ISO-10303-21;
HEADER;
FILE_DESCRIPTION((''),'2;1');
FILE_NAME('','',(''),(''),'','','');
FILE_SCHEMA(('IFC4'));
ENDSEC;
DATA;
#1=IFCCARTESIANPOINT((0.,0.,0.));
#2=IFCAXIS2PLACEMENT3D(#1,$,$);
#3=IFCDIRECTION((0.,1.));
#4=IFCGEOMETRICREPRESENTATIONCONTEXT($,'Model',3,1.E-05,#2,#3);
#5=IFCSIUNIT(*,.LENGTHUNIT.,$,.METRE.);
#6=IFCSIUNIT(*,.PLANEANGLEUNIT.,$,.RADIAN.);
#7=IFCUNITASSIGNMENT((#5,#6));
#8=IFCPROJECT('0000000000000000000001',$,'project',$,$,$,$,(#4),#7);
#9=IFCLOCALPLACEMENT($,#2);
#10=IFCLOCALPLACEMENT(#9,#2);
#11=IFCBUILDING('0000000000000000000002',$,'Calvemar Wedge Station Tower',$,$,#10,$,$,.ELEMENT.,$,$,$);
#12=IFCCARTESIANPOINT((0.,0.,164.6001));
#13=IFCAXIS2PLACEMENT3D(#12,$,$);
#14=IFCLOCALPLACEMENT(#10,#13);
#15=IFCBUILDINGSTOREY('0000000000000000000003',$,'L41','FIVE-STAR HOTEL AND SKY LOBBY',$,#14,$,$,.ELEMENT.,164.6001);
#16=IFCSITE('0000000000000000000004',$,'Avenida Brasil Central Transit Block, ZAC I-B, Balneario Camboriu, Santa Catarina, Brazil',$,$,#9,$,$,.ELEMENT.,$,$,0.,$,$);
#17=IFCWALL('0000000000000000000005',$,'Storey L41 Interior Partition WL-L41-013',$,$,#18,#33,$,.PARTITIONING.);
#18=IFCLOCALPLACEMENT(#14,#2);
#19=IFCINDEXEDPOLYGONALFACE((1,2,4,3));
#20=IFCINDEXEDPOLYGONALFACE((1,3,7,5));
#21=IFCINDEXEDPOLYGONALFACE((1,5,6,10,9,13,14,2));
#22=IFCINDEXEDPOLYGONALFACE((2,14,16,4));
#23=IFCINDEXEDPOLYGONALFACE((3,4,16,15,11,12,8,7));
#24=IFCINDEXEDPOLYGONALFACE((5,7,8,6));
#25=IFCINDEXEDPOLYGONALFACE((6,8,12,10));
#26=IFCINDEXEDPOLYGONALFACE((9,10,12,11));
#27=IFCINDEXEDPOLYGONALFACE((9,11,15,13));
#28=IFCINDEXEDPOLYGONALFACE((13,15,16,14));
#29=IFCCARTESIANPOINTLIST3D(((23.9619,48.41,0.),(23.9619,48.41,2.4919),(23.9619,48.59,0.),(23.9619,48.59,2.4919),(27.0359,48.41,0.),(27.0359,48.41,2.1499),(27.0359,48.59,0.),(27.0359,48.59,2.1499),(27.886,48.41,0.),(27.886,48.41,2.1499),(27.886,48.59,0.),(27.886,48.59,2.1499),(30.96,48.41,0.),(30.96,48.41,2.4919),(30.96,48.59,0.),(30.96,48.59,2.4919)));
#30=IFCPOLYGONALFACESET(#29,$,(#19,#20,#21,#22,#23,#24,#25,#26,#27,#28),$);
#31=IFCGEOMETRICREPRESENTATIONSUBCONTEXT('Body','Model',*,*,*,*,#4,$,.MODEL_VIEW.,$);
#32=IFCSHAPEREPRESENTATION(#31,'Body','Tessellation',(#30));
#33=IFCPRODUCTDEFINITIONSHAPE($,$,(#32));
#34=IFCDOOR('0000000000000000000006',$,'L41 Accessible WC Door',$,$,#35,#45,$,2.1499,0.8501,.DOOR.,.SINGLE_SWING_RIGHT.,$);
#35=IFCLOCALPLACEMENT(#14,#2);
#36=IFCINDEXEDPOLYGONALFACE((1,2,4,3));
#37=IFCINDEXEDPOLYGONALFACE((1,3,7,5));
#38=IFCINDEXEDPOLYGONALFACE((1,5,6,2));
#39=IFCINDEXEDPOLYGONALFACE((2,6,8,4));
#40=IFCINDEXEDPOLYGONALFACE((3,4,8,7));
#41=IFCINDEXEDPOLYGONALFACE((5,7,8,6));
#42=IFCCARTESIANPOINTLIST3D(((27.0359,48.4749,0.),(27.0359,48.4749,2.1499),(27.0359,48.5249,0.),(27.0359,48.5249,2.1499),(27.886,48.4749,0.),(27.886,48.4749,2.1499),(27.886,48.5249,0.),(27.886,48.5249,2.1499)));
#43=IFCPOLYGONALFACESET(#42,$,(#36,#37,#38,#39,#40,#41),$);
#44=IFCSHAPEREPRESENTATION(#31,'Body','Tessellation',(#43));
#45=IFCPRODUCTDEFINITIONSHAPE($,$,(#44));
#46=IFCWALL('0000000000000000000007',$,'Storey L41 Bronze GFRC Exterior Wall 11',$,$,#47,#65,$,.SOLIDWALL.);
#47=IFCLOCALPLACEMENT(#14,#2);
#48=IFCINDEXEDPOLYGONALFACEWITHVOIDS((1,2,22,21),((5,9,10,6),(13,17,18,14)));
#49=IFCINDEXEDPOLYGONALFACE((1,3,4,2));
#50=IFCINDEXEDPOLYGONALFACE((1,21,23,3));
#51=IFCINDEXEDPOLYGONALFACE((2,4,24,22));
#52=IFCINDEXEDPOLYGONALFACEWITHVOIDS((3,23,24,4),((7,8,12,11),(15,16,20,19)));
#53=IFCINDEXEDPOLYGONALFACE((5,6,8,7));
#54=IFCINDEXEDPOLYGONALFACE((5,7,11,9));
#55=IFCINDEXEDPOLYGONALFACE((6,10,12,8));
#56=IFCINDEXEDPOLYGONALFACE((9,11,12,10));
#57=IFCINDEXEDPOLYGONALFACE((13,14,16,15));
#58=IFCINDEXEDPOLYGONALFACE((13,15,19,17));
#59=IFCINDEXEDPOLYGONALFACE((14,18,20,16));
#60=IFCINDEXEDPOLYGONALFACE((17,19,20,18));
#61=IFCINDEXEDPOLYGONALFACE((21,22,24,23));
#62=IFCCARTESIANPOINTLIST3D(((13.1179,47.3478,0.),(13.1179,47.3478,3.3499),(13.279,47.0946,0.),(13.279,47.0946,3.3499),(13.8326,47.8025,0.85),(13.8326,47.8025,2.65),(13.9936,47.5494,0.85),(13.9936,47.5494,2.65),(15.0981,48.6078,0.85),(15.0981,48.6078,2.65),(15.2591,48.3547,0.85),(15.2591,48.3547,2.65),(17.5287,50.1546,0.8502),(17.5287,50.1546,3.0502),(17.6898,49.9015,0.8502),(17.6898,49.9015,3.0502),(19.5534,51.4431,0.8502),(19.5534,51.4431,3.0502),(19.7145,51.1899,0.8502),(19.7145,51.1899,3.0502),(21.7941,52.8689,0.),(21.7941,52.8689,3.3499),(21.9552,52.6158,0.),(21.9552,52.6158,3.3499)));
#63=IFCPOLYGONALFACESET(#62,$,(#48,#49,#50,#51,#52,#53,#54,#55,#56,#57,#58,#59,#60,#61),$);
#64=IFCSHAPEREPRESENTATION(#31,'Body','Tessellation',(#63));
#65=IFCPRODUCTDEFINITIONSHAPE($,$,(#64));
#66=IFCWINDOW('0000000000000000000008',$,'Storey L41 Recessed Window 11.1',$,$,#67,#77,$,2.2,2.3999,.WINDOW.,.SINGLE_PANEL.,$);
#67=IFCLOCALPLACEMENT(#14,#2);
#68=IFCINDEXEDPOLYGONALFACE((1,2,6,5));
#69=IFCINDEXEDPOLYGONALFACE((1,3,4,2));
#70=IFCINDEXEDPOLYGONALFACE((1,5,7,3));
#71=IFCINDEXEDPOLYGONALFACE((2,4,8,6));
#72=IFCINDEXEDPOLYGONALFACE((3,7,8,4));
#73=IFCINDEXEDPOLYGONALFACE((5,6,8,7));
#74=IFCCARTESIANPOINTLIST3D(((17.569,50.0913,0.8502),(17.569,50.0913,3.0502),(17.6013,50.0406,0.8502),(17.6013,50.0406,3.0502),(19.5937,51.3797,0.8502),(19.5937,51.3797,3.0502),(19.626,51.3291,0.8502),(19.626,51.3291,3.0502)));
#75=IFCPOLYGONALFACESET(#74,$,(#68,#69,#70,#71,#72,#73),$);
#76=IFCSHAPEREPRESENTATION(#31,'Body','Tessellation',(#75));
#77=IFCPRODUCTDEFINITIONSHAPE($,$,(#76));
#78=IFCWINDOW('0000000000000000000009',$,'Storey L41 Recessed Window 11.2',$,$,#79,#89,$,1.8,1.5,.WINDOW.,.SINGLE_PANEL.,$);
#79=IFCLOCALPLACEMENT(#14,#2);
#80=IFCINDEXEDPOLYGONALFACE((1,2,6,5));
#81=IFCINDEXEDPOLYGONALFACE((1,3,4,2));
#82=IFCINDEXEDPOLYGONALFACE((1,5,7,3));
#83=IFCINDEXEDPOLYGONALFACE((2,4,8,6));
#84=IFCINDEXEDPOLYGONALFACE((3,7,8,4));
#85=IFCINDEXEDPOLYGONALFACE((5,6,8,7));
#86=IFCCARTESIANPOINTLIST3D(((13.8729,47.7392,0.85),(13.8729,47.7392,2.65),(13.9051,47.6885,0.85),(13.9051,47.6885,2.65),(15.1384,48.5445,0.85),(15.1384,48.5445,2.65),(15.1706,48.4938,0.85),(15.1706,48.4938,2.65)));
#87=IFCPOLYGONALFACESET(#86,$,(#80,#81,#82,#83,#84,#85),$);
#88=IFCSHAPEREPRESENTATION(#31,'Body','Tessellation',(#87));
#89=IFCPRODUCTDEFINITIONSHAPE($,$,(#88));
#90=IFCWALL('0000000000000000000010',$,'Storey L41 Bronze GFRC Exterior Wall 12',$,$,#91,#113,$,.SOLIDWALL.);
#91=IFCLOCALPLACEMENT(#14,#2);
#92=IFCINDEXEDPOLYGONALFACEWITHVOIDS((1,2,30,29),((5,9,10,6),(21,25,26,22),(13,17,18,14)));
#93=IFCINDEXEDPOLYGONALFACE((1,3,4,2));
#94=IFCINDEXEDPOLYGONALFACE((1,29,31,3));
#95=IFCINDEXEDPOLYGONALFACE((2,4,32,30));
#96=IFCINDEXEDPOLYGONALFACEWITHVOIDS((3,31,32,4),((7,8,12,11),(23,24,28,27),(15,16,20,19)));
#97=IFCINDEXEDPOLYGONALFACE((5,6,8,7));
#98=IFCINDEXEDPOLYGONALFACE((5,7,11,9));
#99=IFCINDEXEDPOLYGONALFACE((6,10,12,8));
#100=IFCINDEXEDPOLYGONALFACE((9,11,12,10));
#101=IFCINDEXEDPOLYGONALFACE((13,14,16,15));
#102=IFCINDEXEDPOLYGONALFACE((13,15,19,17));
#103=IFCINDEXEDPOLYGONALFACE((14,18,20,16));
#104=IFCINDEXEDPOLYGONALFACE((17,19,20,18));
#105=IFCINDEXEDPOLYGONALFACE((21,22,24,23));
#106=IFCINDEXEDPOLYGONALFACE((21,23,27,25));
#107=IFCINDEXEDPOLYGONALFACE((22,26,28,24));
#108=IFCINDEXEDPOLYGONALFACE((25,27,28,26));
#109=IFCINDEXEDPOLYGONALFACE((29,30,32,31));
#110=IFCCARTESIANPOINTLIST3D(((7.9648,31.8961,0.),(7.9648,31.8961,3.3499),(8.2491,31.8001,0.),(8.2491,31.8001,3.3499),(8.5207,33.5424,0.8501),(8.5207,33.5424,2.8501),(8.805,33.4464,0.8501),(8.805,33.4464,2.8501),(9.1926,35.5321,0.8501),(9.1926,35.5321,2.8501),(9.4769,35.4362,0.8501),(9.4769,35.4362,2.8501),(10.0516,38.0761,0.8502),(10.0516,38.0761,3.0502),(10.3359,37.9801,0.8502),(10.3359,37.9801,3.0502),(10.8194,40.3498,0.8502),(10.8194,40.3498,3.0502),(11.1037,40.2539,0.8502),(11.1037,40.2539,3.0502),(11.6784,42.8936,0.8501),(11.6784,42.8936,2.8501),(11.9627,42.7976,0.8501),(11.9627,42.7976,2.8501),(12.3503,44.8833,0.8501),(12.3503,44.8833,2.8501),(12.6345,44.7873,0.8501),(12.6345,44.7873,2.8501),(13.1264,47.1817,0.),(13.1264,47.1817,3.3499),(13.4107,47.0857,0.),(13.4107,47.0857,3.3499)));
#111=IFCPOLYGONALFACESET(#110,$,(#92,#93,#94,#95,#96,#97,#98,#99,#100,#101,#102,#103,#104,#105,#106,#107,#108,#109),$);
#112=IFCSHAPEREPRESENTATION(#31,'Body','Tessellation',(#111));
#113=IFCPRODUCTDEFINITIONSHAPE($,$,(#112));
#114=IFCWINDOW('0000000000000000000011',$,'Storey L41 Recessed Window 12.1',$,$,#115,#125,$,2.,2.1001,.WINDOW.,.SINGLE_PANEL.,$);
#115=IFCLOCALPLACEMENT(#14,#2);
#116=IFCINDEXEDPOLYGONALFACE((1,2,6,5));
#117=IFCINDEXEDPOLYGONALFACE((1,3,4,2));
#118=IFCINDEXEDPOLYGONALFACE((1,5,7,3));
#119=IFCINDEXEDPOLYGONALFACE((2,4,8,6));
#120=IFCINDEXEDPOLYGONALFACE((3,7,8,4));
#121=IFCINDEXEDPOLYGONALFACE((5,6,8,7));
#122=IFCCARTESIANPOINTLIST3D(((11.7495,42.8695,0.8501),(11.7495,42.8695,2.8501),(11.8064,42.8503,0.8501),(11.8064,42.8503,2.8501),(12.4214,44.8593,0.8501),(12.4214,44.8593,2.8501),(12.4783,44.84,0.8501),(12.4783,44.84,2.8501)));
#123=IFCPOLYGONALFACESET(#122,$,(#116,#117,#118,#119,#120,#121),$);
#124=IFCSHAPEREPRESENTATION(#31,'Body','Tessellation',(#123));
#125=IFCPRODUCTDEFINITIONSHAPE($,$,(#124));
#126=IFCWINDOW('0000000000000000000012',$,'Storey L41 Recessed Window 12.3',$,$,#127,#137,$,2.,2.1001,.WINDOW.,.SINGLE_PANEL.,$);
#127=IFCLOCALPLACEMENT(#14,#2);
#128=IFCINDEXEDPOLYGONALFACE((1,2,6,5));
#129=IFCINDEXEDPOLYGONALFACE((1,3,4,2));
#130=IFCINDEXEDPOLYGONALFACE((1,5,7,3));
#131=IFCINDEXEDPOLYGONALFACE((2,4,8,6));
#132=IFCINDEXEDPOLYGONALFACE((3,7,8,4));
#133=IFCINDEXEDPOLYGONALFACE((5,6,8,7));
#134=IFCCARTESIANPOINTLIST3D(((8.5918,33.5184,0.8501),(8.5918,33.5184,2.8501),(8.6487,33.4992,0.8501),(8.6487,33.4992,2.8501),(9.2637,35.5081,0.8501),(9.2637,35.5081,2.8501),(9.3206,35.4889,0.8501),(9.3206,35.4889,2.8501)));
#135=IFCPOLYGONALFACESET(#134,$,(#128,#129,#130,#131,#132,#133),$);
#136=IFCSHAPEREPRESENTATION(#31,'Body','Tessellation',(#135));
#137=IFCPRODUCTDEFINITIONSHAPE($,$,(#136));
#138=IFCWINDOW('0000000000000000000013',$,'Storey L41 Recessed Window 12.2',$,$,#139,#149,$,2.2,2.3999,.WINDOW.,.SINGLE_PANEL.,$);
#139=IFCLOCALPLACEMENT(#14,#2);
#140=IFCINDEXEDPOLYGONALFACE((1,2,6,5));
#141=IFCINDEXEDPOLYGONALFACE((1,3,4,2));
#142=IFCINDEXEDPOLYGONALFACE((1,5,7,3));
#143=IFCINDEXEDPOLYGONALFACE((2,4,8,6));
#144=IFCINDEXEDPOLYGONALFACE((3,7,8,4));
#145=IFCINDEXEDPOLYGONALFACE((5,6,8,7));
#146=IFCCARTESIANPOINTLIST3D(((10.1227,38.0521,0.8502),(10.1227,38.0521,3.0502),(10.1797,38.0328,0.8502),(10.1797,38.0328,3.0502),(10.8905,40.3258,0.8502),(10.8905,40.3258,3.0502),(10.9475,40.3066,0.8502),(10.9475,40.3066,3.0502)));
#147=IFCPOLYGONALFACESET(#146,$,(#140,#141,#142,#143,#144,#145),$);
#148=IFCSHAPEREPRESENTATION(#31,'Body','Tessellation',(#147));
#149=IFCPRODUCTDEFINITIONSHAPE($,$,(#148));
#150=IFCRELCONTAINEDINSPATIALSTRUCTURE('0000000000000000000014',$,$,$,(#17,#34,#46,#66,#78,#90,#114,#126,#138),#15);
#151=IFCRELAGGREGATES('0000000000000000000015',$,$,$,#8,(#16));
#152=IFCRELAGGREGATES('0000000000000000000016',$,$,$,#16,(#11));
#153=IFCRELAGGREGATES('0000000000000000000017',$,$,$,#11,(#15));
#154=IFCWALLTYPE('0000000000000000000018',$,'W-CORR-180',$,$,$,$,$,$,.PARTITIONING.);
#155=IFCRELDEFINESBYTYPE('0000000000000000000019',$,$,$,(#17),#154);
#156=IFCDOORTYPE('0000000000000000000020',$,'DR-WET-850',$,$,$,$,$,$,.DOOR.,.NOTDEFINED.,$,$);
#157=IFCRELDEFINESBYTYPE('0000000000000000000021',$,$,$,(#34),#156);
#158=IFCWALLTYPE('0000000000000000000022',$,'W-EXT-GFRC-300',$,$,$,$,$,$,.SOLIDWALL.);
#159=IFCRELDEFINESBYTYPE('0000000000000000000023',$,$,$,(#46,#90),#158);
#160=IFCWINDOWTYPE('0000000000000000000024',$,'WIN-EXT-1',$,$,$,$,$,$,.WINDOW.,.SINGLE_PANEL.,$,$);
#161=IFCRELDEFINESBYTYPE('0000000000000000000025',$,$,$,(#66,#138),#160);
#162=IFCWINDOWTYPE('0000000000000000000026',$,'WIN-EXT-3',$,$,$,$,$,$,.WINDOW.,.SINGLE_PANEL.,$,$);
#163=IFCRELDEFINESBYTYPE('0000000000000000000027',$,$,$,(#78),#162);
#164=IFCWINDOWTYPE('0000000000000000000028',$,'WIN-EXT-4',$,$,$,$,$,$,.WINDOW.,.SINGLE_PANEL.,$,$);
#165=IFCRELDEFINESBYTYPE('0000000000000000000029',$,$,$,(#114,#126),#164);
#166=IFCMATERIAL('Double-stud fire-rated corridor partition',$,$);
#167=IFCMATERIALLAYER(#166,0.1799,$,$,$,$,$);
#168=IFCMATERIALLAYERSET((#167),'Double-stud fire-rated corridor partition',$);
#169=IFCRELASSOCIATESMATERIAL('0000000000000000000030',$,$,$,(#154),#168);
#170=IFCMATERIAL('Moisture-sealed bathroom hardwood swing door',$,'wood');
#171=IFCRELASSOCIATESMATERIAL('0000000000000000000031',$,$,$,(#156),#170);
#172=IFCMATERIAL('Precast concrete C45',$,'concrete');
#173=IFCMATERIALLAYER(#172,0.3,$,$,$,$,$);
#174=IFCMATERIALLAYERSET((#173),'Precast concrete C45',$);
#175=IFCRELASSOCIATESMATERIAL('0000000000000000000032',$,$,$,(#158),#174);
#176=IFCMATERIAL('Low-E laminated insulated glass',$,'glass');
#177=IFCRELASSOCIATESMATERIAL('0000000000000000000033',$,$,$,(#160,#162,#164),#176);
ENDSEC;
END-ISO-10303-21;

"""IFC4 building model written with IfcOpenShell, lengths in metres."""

from ifc_helpers import new_model, si_unit, direction, frame, frame_2d, origin, place, context, subcontext, project, spatial, rectangle, extrude, source, transform, mapped, material, layer, layer_set, type_object, element, fill, save


model = new_model("IFC4")

# Units and contexts
model_context = context("Model", 3, precision=1e-05, world=origin(), true_north=direction((0.0, 1.0)))
body_context = subcontext(model_context, "Body", "Model", "MODEL_VIEW")
ifc_project = project(units=[si_unit("LENGTHUNIT", "METRE"), si_unit("PLANEANGLEUNIT", "RADIAN")], contexts=[model_context])

# Site, building, storey
site_placement = place(None, origin())
site = spatial("IfcSite", under=ifc_project, at=site_placement, Name="Avenida Brasil Central Transit Block, ZAC I-B, Balneario Camboriu, Santa Catarina, Brazil", CompositionType="ELEMENT", RefElevation=0.0)
building_placement = place(site_placement, origin())
building = spatial("IfcBuilding", under=site, at=building_placement, Name="Calvemar Wedge Station Tower", CompositionType="ELEMENT")
storey_placement = place(building_placement, frame((0.0, 0.0, 164.6001)))
storey = spatial("IfcBuildingStorey", under=building, at=storey_placement, Name="L41", Description="FIVE-STAR HOTEL AND SKY LOBBY", CompositionType="ELEMENT", Elevation=164.6001)

# Shared definitions
ifc_material_1 = material(Name="Double-stud fire-rated corridor partition")
ifc_layer_1 = layer(ifc_material_1, 0.1799)
ifc_layer_set_1 = layer_set([ifc_layer_1], Name="Double-stud fire-rated corridor partition")
wall_type_1 = type_object("IfcWallType", Name="W-CORR-180", PredefinedType="PARTITIONING", material=ifc_layer_set_1)

# Wall, opening, door
wall_1_placement = place(storey_placement, frame((23.9619, 48.5, 0.0), z_axis=(0.0, 0.0, 1.0), x_axis=(1.0, 0.0, 0.0)))
wall_1 = element("IfcWall", 1, at=wall_1_placement, inside=storey, type_object=wall_type_1, Name="Storey L41 Interior Partition WL-L41-013", PredefinedType="PARTITIONING", context=body_context, shape_type="SweptSolid", body=[
    extrude(rectangle(XDim=6.998, YDim=0.1799, at=frame_2d((3.499, 0.0))), origin(), (0.0, 0.0, 1.0), 2.4919),
])
shared_shape_1 = source(origin(), body_context, "Body", "SweptSolid", [
    extrude(rectangle(XDim=0.8501, YDim=2.1499, at=frame_2d((0.425, 1.075))), frame((0.0, 0.1001, 0.0), z_axis=(0.0, -1.0, 0.0), x_axis=(1.0, 0.0, 0.0)), (0.0, 0.0, 1.0), 0.2),
])
opening_1_placement = place(wall_1_placement, frame((3.074, 0.0, 0.0)))
opening_1 = element("IfcOpeningElement", 2, at=opening_1_placement, cuts=wall_1, PredefinedType="OPENING", context=body_context, shape_type="MappedRepresentation", body=[
    mapped(shared_shape_1, transform((0.0, 0.0, 0.0), scale=1.0)),
])
ifc_material_2 = material(Name="Moisture-sealed bathroom hardwood swing door", Category="wood")
door_type_1 = type_object("IfcDoorType", Name="DR-WET-850", OperationType="NOTDEFINED", PredefinedType="DOOR", material=ifc_material_2)
shared_shape_2 = source(origin(), body_context, "Body", "SweptSolid", [
    extrude(rectangle(XDim=0.8501, YDim=2.1499, at=frame_2d((0.425, 1.075))), frame((0.0, 0.0249, 0.0), z_axis=(0.0, -1.0, 0.0), x_axis=(1.0, 0.0, 0.0)), (0.0, 0.0, 1.0), 0.05),
])
door_1_placement = place(opening_1_placement, origin())
door_1 = element("IfcDoor", 3, at=door_1_placement, inside=storey, type_object=door_type_1, Name="L41 Accessible WC Door", OperationType="SINGLE_SWING_RIGHT", OverallHeight=2.1499, OverallWidth=0.8501, PredefinedType="DOOR", context=body_context, shape_type="MappedRepresentation", body=[
    mapped(shared_shape_2, transform((0.0, 0.0, 0.0), scale=1.0)),
])
fill(opening_1, door_1)

# Walls, openings, windows
ifc_material_3 = material(Name="Precast concrete C45", Category="concrete")
ifc_layer_2 = layer(ifc_material_3, 0.3)
ifc_layer_set_2 = layer_set([ifc_layer_2], Name="Precast concrete C45")
wall_type_2 = type_object("IfcWallType", Name="W-EXT-GFRC-300", PredefinedType="SOLIDWALL", material=ifc_layer_set_2)
wall_2_placement = place(storey_placement, frame((21.8748, 52.7424, 0.0), z_axis=(0.0, 0.0, 1.0), x_axis=(-0.843662, -0.536874, 0.0)))
wall_2 = element("IfcWall", 4, at=wall_2_placement, inside=storey, type_object=wall_type_2, Name="Storey L41 Bronze GFRC Exterior Wall 11", PredefinedType="SOLIDWALL", context=body_context, shape_type="SweptSolid", body=[
    extrude(rectangle(XDim=10.2839, YDim=0.3, at=frame_2d((5.1421, 0.0))), origin(), (0.0, 0.0, 1.0), 3.3499),
])
shared_shape_3 = source(origin(), body_context, "Body", "SweptSolid", [
    extrude(rectangle(XDim=2.3999, YDim=2.2, at=frame_2d((1.2, 1.1001))), frame((0.0, 0.1602, 0.0), z_axis=(0.0, -1.0, 0.0), x_axis=(1.0, 0.0, 0.0)), (0.0, 0.0, 1.0), 0.3201),
])
opening_2_placement = place(wall_2_placement, frame((2.656, 0.0, 0.8501)))
opening_2 = element("IfcOpeningElement", 5, at=opening_2_placement, cuts=wall_2, PredefinedType="OPENING", context=body_context, shape_type="MappedRepresentation", body=[
    mapped(shared_shape_3, transform((0.0, 0.0, 0.0), scale=1.0)),
])
shared_shape_4 = source(origin(), body_context, "Body", "SweptSolid", [
    extrude(rectangle(XDim=1.5, YDim=1.8, at=frame_2d((0.75, 0.8999))), frame((0.0, 0.1602, 0.0), z_axis=(0.0, -1.0, 0.0), x_axis=(1.0, 0.0, 0.0)), (0.0, 0.0, 1.0), 0.3201),
])
opening_3_placement = place(wall_2_placement, frame((7.937, 0.0, 0.8501)))
opening_3 = element("IfcOpeningElement", 6, at=opening_3_placement, cuts=wall_2, PredefinedType="OPENING", context=body_context, shape_type="MappedRepresentation", body=[
    mapped(shared_shape_4, transform((0.0, 0.0, 0.0), scale=1.0)),
])
ifc_material_4 = material(Name="Low-E laminated insulated glass", Category="glass")
window_type_1 = type_object("IfcWindowType", Name="WIN-EXT-1", PartitioningType="SINGLE_PANEL", PredefinedType="WINDOW", material=ifc_material_4)
shared_shape_5 = source(origin(), body_context, "Body", "SweptSolid", [
    extrude(rectangle(XDim=2.3999, YDim=2.2, at=frame_2d((1.2, 1.1001))), frame((0.0, -0.0149, 0.0), z_axis=(0.0, -1.0, 0.0), x_axis=(1.0, 0.0, 0.0)), (0.0, 0.0, 1.0), 0.0601),
])
window_1_placement = place(opening_2_placement, origin())
window_1 = element("IfcWindow", 7, at=window_1_placement, inside=storey, type_object=window_type_1, Name="Storey L41 Recessed Window 11.1", OverallHeight=2.2, OverallWidth=2.3999, PartitioningType="SINGLE_PANEL", PredefinedType="WINDOW", context=body_context, shape_type="MappedRepresentation", body=[
    mapped(shared_shape_5, transform((0.0, 0.0, 0.0), scale=1.0)),
])
fill(opening_2, window_1)
window_type_2 = type_object("IfcWindowType", Name="WIN-EXT-3", PartitioningType="SINGLE_PANEL", PredefinedType="WINDOW", material=ifc_material_4)
shared_shape_6 = source(origin(), body_context, "Body", "SweptSolid", [
    extrude(rectangle(XDim=1.5, YDim=1.8, at=frame_2d((0.75, 0.8999))), frame((0.0, -0.0149, 0.0), z_axis=(0.0, -1.0, 0.0), x_axis=(1.0, 0.0, 0.0)), (0.0, 0.0, 1.0), 0.0601),
])
window_2_placement = place(opening_3_placement, origin())
window_2 = element("IfcWindow", 8, at=window_2_placement, inside=storey, type_object=window_type_2, Name="Storey L41 Recessed Window 11.2", OverallHeight=1.8, OverallWidth=1.5, PartitioningType="SINGLE_PANEL", PredefinedType="WINDOW", context=body_context, shape_type="MappedRepresentation", body=[
    mapped(shared_shape_6, transform((0.0, 0.0, 0.0), scale=1.0)),
])
fill(opening_3, window_2)
wall_3_placement = place(storey_placement, frame((13.2686, 47.1338, 0.0), z_axis=(0.0, 0.0, 1.0), x_axis=(-0.31993, -0.947441, 0.0)))
wall_3 = element("IfcWall", 9, at=wall_3_placement, inside=storey, type_object=wall_type_2, Name="Storey L41 Bronze GFRC Exterior Wall 12", PredefinedType="SOLIDWALL", context=body_context, shape_type="SweptSolid", body=[
    extrude(rectangle(XDim=16.1335, YDim=0.3, at=frame_2d((8.0669, 0.0))), origin(), (0.0, 0.0, 1.0), 3.3499),
])
shared_shape_7 = source(origin(), body_context, "Body", "SweptSolid", [
    extrude(rectangle(XDim=2.1001, YDim=2.0, at=frame_2d((1.05, 1.0))), frame((0.0, 0.1602, 0.0), z_axis=(0.0, -1.0, 0.0), x_axis=(1.0, 0.0, 0.0)), (0.0, 0.0, 1.0), 0.3201),
])
opening_4_placement = place(wall_3_placement, frame((2.426, 0.0, 0.8501)))
opening_4 = element("IfcOpeningElement", 10, at=opening_4_placement, cuts=wall_3, PredefinedType="OPENING", context=body_context, shape_type="MappedRepresentation", body=[
    mapped(shared_shape_7, transform((0.0, 0.0, 0.0), scale=1.0)),
])
opening_5_placement = place(wall_3_placement, frame((7.2109, 0.0, 0.8501)))
opening_5 = element("IfcOpeningElement", 11, at=opening_5_placement, cuts=wall_3, PredefinedType="OPENING", context=body_context, shape_type="MappedRepresentation", body=[
    mapped(shared_shape_3, transform((0.0, 0.0, 0.0), scale=1.0)),
])
opening_6_placement = place(wall_3_placement, frame((12.2959, 0.0, 0.8501)))
opening_6 = element("IfcOpeningElement", 12, at=opening_6_placement, cuts=wall_3, PredefinedType="OPENING", context=body_context, shape_type="MappedRepresentation", body=[
    mapped(shared_shape_7, transform((0.0, 0.0, 0.0), scale=1.0)),
])
window_type_3 = type_object("IfcWindowType", Name="WIN-EXT-4", PartitioningType="SINGLE_PANEL", PredefinedType="WINDOW", material=ifc_material_4)
shared_shape_8 = source(origin(), body_context, "Body", "SweptSolid", [
    extrude(rectangle(XDim=2.1001, YDim=2.0, at=frame_2d((1.05, 1.0))), frame((0.0, -0.0149, 0.0), z_axis=(0.0, -1.0, 0.0), x_axis=(1.0, 0.0, 0.0)), (0.0, 0.0, 1.0), 0.0601),
])
window_3_placement = place(opening_4_placement, origin())
window_3 = element("IfcWindow", 13, at=window_3_placement, inside=storey, type_object=window_type_3, Name="Storey L41 Recessed Window 12.1", OverallHeight=2.0, OverallWidth=2.1001, PartitioningType="SINGLE_PANEL", PredefinedType="WINDOW", context=body_context, shape_type="MappedRepresentation", body=[
    mapped(shared_shape_8, transform((0.0, 0.0, 0.0), scale=1.0)),
])
fill(opening_4, window_3)
window_4_placement = place(opening_6_placement, origin())
window_4 = element("IfcWindow", 14, at=window_4_placement, inside=storey, type_object=window_type_3, Name="Storey L41 Recessed Window 12.3", OverallHeight=2.0, OverallWidth=2.1001, PartitioningType="SINGLE_PANEL", PredefinedType="WINDOW", context=body_context, shape_type="MappedRepresentation", body=[
    mapped(shared_shape_8, transform((0.0, 0.0, 0.0), scale=1.0)),
])
fill(opening_6, window_4)
window_5_placement = place(opening_5_placement, origin())
window_5 = element("IfcWindow", 15, at=window_5_placement, inside=storey, type_object=window_type_1, Name="Storey L41 Recessed Window 12.2", OverallHeight=2.2, OverallWidth=2.3999, PartitioningType="SINGLE_PANEL", PredefinedType="WINDOW", context=body_context, shape_type="MappedRepresentation", body=[
    mapped(shared_shape_5, transform((0.0, 0.0, 0.0), scale=1.0)),
])
fill(opening_5, window_5)

save(model, "model.ifc")
